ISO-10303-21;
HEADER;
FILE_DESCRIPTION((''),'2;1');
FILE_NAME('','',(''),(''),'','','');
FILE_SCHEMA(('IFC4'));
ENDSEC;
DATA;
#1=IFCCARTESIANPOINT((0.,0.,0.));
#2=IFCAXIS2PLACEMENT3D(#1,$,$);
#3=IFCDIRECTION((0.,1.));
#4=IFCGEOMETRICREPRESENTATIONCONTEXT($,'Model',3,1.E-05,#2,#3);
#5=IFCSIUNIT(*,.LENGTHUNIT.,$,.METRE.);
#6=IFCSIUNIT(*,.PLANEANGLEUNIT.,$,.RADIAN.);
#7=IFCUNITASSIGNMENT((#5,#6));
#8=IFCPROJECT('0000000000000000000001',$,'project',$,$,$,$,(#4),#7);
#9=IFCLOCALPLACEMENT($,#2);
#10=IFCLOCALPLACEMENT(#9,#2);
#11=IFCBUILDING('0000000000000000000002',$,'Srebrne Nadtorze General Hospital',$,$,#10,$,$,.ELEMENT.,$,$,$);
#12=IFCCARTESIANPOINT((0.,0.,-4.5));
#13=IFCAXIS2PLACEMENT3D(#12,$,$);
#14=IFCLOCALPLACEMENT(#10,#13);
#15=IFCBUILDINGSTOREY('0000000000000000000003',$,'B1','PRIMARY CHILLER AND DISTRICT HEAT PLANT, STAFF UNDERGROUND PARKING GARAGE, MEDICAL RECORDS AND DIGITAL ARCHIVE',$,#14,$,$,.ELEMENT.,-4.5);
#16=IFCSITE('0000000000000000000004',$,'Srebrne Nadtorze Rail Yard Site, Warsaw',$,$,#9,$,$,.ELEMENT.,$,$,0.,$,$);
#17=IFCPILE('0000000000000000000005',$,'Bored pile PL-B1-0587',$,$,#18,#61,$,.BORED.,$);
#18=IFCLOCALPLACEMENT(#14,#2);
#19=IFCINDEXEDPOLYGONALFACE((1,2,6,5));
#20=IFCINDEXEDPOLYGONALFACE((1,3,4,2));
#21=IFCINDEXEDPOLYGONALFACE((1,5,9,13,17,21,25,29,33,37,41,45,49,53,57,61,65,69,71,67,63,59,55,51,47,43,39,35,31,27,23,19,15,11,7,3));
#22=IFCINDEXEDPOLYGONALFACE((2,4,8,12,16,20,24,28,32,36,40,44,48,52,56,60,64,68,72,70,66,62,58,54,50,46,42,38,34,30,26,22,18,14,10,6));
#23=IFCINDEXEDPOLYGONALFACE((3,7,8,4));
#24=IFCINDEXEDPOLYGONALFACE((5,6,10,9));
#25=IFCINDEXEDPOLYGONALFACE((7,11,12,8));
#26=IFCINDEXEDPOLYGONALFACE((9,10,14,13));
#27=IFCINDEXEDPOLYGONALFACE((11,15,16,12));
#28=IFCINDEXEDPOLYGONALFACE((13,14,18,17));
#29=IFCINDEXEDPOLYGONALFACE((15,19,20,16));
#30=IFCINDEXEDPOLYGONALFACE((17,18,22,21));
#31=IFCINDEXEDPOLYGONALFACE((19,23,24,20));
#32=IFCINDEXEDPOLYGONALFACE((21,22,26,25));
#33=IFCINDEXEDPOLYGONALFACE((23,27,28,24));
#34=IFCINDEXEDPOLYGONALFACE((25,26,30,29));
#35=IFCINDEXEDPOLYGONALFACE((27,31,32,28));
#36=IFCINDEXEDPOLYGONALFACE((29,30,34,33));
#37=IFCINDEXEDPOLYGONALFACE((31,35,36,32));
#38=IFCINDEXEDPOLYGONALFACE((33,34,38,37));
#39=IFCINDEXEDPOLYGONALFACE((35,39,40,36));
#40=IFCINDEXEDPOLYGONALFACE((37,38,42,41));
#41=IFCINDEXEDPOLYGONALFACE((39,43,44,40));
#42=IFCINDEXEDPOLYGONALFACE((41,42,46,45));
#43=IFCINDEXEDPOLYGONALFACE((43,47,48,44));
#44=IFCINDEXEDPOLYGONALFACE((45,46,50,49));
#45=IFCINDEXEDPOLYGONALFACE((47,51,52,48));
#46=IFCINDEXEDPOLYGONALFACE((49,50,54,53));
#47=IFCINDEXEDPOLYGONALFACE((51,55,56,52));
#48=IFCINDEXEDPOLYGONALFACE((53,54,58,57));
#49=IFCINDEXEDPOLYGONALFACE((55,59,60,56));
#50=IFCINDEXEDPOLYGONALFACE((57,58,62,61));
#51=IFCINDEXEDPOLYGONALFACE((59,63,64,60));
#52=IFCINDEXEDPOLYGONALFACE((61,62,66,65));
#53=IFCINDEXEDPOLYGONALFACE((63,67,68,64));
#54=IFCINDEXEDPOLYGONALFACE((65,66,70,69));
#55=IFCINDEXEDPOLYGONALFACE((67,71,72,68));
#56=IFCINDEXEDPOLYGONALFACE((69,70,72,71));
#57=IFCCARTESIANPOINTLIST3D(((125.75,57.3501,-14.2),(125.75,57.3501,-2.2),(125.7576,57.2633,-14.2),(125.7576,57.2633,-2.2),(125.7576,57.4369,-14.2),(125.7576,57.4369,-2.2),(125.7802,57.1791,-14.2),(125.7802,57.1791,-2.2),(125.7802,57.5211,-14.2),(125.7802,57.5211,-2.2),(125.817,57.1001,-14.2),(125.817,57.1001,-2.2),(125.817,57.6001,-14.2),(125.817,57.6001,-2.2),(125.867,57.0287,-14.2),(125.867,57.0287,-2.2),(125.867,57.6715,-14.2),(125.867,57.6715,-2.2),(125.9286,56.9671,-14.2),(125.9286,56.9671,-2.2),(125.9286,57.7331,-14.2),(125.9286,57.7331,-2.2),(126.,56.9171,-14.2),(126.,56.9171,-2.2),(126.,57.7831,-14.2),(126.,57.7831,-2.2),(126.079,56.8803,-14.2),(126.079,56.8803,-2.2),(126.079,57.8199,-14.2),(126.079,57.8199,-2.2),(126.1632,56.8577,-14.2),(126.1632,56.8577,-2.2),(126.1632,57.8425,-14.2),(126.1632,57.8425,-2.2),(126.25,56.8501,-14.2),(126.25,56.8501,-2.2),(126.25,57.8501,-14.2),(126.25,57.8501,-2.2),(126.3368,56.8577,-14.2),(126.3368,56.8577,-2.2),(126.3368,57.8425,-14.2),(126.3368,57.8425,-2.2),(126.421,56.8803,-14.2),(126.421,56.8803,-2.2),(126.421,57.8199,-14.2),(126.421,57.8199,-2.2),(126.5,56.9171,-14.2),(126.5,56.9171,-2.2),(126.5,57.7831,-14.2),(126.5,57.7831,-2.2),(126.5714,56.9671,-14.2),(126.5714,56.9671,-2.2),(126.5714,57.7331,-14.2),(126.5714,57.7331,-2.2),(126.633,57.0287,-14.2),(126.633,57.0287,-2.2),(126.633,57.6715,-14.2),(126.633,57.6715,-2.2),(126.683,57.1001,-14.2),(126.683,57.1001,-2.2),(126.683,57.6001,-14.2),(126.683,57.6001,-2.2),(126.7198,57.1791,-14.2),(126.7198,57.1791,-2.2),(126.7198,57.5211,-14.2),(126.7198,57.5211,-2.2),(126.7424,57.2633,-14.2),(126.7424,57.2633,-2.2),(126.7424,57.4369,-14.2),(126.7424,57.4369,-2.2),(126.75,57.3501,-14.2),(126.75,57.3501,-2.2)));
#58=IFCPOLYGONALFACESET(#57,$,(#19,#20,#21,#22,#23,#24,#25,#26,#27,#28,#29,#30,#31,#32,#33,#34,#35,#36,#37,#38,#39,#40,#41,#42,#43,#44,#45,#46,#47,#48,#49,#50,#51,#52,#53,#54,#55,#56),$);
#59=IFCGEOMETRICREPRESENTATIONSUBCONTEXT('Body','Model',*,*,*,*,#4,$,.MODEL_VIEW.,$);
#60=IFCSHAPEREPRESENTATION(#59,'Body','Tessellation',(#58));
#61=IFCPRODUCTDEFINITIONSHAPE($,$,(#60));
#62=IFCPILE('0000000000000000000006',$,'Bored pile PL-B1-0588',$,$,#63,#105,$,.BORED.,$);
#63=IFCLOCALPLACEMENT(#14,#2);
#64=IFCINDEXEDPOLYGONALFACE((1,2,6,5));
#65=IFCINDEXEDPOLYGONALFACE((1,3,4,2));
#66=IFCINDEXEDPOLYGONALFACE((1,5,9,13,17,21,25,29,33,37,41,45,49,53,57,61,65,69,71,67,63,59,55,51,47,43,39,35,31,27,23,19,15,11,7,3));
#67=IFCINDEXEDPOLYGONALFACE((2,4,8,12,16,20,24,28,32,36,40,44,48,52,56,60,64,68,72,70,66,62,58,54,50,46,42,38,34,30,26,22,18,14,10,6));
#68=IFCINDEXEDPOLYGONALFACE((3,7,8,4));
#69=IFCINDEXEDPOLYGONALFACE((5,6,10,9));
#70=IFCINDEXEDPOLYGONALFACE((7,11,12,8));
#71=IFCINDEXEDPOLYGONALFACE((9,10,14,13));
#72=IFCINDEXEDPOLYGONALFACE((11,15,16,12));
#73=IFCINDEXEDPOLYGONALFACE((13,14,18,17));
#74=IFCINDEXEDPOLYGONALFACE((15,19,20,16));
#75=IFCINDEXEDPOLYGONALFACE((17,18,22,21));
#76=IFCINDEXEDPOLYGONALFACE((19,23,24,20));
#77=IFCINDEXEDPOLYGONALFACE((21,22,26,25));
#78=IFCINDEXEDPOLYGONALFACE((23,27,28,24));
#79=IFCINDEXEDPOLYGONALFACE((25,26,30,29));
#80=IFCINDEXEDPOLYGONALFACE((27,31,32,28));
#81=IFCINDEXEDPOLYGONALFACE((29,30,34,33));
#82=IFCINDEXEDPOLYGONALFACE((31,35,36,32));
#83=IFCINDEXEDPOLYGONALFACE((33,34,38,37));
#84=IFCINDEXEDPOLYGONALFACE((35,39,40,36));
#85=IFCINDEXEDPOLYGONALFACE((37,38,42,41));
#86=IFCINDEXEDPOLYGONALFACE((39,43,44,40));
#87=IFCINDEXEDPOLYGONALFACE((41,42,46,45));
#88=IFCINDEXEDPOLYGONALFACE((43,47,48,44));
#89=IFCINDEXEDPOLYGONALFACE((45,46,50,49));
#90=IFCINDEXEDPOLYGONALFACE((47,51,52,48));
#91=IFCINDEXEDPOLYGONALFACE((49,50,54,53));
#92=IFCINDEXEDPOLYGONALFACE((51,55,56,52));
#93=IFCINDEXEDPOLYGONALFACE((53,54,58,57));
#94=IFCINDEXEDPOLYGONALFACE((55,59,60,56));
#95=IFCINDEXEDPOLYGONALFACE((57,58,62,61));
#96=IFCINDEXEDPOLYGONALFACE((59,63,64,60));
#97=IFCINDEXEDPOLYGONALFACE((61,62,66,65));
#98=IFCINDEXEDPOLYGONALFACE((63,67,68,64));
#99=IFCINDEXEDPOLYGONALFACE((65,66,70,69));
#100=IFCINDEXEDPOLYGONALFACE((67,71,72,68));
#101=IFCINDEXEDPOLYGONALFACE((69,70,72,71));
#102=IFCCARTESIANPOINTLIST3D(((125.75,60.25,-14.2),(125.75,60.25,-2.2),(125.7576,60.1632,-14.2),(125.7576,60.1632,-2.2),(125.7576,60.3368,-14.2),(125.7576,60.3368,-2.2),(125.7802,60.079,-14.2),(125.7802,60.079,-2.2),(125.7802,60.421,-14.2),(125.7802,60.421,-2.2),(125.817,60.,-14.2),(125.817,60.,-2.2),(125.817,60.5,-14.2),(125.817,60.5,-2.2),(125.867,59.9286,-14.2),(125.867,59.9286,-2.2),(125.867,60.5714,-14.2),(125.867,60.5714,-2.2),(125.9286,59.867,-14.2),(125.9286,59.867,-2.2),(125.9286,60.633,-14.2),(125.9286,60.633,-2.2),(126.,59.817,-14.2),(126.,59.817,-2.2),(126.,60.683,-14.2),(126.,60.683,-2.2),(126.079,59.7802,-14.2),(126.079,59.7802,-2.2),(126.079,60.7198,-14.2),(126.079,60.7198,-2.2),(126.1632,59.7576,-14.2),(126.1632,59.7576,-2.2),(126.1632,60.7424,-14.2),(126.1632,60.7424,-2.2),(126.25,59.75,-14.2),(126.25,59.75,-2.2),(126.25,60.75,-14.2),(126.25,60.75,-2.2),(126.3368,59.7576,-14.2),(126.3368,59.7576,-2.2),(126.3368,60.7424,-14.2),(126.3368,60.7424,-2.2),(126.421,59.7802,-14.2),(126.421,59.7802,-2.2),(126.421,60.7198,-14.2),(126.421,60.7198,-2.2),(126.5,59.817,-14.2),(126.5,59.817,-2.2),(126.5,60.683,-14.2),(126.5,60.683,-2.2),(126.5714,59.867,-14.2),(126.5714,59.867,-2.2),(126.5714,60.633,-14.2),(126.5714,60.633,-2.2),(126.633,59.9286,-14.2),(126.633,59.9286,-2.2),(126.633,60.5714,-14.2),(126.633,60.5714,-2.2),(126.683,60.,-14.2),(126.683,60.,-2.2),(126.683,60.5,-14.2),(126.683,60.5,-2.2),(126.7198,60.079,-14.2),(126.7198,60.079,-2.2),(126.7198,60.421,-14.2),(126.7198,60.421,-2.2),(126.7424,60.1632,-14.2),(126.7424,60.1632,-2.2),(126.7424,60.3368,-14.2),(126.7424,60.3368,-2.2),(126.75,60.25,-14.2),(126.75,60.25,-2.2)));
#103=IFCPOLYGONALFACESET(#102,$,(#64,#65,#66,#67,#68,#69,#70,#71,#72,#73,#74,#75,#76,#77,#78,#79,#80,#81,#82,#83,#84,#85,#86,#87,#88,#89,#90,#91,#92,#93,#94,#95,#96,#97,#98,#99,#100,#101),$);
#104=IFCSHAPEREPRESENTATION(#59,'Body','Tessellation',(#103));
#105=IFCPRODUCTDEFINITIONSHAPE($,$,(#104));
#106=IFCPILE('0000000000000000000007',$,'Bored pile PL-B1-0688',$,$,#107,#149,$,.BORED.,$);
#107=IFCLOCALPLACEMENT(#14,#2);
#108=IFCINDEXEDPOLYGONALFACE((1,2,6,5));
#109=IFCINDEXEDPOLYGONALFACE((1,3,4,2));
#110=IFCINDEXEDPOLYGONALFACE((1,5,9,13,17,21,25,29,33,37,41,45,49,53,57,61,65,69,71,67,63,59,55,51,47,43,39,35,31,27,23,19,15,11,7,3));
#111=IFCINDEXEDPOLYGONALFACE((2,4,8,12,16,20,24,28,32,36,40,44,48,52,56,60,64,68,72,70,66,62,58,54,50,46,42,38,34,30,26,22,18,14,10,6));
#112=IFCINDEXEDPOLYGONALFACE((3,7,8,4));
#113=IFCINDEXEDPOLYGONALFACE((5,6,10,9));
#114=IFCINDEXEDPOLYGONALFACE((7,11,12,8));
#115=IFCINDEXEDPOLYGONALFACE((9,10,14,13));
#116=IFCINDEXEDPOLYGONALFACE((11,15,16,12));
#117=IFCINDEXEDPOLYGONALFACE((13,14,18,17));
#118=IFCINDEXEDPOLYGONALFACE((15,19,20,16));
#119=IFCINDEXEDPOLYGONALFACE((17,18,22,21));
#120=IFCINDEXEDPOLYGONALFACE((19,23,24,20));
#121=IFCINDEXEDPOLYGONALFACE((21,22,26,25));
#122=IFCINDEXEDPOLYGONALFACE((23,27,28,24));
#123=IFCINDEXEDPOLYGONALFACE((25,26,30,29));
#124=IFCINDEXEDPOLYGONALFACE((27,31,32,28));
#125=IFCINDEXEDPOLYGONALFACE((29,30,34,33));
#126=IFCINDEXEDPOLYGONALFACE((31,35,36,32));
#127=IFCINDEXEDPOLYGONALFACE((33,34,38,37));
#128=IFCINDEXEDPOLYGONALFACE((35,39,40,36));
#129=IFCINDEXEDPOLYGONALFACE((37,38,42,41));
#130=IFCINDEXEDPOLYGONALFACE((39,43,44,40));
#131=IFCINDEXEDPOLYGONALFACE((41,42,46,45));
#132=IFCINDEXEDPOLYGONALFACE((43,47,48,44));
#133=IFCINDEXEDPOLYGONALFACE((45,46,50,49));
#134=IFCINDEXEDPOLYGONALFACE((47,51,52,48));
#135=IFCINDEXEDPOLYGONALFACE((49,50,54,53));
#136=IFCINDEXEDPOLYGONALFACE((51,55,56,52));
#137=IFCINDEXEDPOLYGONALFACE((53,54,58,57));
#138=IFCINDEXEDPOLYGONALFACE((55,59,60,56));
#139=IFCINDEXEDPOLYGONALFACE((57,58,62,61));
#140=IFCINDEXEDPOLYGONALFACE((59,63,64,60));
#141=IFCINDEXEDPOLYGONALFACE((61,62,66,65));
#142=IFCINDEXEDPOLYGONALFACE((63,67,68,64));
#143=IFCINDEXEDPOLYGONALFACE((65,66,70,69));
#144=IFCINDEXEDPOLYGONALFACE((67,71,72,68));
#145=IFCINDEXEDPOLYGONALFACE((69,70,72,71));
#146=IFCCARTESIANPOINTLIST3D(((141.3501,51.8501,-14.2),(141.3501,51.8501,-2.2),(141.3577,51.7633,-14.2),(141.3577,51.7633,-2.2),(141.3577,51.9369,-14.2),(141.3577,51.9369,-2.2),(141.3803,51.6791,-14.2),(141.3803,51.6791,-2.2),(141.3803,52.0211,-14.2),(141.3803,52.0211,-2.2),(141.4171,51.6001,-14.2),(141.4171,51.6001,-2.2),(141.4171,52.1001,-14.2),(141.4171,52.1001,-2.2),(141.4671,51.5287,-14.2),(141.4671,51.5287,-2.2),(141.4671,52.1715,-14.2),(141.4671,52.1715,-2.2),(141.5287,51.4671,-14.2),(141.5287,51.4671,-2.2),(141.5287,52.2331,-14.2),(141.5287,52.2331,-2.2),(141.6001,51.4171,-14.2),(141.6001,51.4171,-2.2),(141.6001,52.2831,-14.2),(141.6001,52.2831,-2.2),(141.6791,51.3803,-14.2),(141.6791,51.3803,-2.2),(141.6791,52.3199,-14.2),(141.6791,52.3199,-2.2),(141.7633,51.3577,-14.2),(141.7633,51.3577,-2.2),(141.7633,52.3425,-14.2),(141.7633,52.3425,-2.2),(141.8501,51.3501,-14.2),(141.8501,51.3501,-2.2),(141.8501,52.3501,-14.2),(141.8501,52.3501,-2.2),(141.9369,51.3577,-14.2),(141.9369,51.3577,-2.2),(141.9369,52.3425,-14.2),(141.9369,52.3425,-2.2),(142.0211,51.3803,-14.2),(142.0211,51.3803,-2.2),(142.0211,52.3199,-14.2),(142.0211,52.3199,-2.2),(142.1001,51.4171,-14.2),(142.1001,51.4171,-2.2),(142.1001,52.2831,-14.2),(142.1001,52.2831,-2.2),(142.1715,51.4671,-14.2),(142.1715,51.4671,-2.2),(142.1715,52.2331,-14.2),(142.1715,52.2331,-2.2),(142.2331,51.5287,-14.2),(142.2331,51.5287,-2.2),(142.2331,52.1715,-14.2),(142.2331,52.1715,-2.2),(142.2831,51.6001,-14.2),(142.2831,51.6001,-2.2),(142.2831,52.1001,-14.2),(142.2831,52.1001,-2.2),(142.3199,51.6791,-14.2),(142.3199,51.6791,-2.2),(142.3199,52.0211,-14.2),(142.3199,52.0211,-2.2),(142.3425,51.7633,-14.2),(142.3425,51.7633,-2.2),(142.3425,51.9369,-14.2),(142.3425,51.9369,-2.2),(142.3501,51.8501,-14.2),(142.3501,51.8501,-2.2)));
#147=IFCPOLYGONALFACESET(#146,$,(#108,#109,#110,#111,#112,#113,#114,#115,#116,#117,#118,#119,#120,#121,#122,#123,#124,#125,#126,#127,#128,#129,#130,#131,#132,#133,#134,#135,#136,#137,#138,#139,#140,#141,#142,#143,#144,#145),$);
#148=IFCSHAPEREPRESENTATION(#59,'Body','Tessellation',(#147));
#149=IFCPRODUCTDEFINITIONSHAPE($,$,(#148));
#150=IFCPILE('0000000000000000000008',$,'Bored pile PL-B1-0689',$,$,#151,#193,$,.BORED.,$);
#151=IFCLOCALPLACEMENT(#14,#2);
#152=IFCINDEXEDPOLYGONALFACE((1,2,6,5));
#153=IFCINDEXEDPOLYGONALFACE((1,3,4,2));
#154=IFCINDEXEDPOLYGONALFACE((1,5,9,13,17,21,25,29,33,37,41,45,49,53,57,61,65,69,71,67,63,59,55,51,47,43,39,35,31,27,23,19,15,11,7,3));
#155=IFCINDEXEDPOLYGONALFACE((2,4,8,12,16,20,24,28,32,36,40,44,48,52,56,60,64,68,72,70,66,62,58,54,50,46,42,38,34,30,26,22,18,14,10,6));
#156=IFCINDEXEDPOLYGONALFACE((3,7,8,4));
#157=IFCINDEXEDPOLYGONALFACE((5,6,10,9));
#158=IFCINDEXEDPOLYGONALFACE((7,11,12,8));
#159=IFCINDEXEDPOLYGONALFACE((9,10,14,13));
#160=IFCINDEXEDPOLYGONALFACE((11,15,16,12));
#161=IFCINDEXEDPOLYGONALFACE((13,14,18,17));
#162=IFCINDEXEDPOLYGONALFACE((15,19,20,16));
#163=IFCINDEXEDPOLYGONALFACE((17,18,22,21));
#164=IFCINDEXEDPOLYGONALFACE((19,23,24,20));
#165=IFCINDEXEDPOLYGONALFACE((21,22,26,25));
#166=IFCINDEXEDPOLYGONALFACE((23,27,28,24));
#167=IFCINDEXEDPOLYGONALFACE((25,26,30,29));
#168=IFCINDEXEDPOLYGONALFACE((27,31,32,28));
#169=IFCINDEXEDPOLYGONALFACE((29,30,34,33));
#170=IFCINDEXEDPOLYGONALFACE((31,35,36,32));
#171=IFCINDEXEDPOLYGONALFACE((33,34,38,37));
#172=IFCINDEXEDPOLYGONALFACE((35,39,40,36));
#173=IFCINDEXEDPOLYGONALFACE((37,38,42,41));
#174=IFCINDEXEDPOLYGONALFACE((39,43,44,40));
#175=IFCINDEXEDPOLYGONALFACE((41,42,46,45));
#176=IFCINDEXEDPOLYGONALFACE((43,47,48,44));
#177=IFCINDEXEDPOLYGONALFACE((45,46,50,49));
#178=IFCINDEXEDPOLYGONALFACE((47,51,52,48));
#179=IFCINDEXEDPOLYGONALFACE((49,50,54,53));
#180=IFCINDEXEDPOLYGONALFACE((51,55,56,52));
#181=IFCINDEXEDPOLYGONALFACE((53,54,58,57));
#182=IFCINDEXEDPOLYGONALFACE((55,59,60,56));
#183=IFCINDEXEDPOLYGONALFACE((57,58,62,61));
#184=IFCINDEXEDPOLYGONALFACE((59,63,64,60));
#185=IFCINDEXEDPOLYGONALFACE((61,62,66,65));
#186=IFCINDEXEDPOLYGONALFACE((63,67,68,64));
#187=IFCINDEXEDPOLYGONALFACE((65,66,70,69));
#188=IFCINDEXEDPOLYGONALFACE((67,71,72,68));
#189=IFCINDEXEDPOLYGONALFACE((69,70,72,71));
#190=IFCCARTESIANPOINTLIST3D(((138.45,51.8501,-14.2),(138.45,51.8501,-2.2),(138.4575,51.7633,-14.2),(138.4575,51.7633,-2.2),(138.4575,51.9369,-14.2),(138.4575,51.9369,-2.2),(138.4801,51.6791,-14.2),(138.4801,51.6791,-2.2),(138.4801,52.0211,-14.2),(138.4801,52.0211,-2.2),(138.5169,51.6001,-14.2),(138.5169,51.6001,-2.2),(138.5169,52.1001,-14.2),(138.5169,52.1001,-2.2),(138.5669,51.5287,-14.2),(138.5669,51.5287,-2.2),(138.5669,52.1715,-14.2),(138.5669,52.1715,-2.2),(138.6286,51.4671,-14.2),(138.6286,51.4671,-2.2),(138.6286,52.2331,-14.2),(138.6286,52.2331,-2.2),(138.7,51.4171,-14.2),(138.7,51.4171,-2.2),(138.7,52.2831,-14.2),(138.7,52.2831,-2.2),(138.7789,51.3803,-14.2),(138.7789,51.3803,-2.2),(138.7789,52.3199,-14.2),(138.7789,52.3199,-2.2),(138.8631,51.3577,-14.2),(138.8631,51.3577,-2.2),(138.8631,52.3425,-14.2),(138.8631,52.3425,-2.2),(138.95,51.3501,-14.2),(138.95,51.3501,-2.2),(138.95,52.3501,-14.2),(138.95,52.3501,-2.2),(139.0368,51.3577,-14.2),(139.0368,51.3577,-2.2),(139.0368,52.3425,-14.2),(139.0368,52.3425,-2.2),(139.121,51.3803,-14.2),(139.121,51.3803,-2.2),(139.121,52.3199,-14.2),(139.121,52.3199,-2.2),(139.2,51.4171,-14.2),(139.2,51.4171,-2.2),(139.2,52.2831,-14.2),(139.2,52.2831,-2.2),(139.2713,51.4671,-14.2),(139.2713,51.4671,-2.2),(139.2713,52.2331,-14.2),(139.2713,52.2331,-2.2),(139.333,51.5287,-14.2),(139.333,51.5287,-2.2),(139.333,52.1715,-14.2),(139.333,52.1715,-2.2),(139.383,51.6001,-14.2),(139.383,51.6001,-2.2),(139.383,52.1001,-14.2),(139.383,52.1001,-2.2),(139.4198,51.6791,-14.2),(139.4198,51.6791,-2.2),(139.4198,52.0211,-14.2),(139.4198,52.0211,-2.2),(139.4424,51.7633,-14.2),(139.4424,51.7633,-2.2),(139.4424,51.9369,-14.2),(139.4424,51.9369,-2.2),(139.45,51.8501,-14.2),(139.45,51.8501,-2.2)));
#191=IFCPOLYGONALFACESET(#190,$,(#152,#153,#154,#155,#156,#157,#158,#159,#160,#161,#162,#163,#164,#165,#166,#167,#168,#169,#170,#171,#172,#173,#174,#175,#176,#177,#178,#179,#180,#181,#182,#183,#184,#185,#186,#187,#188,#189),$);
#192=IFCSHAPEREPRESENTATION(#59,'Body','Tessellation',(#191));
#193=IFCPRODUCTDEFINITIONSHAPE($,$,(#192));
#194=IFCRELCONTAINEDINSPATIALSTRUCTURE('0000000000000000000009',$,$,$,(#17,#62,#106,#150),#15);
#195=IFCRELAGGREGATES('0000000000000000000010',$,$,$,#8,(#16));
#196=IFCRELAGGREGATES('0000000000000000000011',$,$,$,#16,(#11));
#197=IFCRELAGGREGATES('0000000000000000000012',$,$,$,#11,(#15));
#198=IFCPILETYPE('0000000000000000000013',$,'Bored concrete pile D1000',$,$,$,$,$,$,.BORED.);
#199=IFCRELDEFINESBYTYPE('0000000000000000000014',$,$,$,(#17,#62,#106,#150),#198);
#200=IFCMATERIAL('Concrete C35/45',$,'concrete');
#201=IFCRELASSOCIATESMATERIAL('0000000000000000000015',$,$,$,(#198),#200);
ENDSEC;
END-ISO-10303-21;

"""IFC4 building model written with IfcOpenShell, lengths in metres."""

from ifc_helpers import new_model, si_unit, direction, frame, origin, origin_2d, place, context, subcontext, project, spatial, circle, extrude, material, material_profile, profile_set, type_object, element, save


model = new_model("IFC4")

# Units and contexts
model_context = context("Model", 3, precision=1e-05, world=origin(), true_north=direction((0.0, 1.0)))
body_context = subcontext(model_context, "Body", "Model", "MODEL_VIEW")
ifc_project = project(units=[si_unit("LENGTHUNIT", "METRE"), si_unit("PLANEANGLEUNIT", "RADIAN")], contexts=[model_context])

# Site, building, storey
site_placement = place(None, origin())
site = spatial("IfcSite", under=ifc_project, at=site_placement, Name="Srebrne Nadtorze Rail Yard Site, Warsaw", CompositionType="ELEMENT", RefElevation=0.0)
building_placement = place(site_placement, origin())
building = spatial("IfcBuilding", under=site, at=building_placement, Name="Srebrne Nadtorze General Hospital", CompositionType="ELEMENT")
storey_placement = place(building_placement, frame((0.0, 0.0, -4.5)))
storey = spatial("IfcBuildingStorey", under=building, at=storey_placement, Name="B1", Description="PRIMARY CHILLER AND DISTRICT HEAT PLANT, STAFF UNDERGROUND PARKING GARAGE, MEDICAL RECORDS AND DIGITAL ARCHIVE", CompositionType="ELEMENT", Elevation=-4.5)

# Piles
ifc_material_1 = material(Name="Concrete C35/45", Category="concrete")
ifc_material_profile_1 = material_profile(ifc_material_1, circle(Radius=0.5, at=origin_2d()), Name="PILE-D1000")
ifc_profile_set_1 = profile_set([ifc_material_profile_1], Name="Concrete C35/45")
pile_type_1 = type_object("IfcPileType", Name="Bored concrete pile D1000", PredefinedType="BORED", material=ifc_profile_set_1)
for number, where, z_axis, x_axis, name in (
    (1, (126.25, 57.3501, -2.2), (0.0, 0.0, -1.0), (1.0, 0.0, 0.0), "Bored pile PL-B1-0587"),
    (2, (126.25, 60.25, -2.2), (0.0, 0.0, -1.0), (1.0, 0.0, 0.0), "Bored pile PL-B1-0588"),
    (3, (141.8501, 51.8501, -2.2), (0.0, 0.0, -1.0), (1.0, 0.0, 0.0), "Bored pile PL-B1-0688"),
    (4, (138.95, 51.8501, -2.2), (0.0, 0.0, -1.0), (1.0, 0.0, 0.0), "Bored pile PL-B1-0689"),
):
    element("IfcPile", number, at=place(storey_placement, frame(where, z_axis=z_axis, x_axis=x_axis)), inside=storey, type_object=pile_type_1, Name=name, PredefinedType="BORED", context=body_context, shape_type="SweptSolid", body=[
        extrude(circle(Radius=0.5, at=origin_2d()), origin(), (0.0, 0.0, 1.0), 12.0),
    ])

save(model, "model.ifc")
